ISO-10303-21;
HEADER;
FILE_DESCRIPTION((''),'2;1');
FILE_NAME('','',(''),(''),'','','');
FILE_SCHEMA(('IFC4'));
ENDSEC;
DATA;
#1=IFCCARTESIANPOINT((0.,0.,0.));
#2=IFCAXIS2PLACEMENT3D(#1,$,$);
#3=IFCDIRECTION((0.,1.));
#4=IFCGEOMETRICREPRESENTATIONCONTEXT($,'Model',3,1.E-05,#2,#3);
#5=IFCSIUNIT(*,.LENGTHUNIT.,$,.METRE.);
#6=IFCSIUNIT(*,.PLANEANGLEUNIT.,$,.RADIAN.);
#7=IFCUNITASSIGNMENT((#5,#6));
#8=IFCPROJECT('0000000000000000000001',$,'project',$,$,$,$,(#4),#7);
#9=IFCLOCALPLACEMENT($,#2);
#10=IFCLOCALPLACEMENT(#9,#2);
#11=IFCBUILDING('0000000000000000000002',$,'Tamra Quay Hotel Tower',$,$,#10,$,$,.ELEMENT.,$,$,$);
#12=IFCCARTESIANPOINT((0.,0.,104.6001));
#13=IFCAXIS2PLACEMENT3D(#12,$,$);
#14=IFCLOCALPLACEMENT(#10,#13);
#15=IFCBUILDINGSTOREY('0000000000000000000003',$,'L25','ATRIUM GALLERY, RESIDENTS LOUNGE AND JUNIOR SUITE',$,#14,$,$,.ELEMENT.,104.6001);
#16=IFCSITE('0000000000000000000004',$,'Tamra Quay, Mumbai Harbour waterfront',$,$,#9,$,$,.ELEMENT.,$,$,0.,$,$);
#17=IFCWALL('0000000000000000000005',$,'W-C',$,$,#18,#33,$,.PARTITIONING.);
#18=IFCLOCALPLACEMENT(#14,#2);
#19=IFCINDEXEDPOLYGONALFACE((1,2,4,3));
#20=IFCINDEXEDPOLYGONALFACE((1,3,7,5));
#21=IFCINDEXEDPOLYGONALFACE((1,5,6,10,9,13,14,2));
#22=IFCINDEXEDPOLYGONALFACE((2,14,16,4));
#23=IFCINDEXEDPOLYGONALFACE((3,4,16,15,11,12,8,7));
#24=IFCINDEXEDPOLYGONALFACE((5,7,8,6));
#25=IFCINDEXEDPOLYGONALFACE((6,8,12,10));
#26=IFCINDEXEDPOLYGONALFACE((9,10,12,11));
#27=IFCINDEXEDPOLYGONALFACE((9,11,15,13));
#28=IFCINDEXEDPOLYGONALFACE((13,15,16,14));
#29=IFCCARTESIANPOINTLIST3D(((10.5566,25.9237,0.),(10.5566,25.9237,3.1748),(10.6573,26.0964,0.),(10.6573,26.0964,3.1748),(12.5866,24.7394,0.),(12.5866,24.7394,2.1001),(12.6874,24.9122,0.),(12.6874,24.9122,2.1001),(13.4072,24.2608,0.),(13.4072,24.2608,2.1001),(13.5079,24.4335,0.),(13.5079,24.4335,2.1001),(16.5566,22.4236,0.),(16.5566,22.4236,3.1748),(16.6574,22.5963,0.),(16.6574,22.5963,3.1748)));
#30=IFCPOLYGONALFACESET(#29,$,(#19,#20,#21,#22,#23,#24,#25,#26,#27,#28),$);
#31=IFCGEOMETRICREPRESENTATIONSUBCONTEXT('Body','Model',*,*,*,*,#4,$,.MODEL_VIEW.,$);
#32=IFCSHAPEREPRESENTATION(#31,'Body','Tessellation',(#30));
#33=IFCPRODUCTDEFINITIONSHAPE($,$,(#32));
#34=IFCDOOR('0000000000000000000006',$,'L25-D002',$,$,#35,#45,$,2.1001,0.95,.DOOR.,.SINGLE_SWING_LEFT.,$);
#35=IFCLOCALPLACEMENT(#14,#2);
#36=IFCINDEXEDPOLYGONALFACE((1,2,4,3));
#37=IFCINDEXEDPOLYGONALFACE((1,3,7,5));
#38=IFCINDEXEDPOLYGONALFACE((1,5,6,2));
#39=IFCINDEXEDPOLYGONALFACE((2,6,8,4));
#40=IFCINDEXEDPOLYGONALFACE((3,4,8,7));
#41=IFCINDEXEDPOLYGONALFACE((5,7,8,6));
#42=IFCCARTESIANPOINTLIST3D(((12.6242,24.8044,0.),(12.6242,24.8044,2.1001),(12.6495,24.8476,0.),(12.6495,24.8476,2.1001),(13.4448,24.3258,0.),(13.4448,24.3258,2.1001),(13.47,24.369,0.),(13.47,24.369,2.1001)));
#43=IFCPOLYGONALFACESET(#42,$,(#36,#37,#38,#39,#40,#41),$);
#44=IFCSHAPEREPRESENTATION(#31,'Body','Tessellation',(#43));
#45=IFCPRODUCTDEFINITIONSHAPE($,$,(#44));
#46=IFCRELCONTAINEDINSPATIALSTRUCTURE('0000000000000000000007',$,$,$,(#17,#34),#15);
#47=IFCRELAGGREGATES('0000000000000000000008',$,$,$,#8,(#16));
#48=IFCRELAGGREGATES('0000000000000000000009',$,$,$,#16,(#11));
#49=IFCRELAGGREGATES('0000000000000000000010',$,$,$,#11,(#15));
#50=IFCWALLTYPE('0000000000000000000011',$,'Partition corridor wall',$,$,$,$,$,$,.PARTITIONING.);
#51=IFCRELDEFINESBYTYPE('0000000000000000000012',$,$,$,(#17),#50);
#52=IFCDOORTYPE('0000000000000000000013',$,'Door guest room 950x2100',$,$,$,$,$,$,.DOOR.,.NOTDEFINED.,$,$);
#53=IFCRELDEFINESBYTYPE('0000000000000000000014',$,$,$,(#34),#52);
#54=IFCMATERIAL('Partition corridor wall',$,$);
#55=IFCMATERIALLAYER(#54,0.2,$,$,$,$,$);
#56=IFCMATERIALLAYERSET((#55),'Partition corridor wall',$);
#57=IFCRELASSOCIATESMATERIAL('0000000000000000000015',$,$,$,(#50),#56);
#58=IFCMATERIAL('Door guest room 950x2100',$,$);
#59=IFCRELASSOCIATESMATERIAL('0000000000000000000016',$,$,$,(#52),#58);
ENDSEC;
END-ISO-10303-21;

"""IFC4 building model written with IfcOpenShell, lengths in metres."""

from ifc_helpers import new_model, si_unit, direction, frame, frame_2d, origin, place, context, subcontext, project, spatial, rectangle, extrude, material, layer, layer_set, type_object, element, fill, save


model = new_model("IFC4")

# Units and contexts
model_context = context("Model", 3, precision=1e-05, world=origin(), true_north=direction((0.0, 1.0)))
body_context = subcontext(model_context, "Body", "Model", "MODEL_VIEW")
ifc_project = project(units=[si_unit("LENGTHUNIT", "METRE"), si_unit("PLANEANGLEUNIT", "RADIAN")], contexts=[model_context])

# Site, building, storey
site_placement = place(None, origin())
site = spatial("IfcSite", under=ifc_project, at=site_placement, Name="Tamra Quay, Mumbai Harbour waterfront", CompositionType="ELEMENT", RefElevation=0.0)
building_placement = place(site_placement, origin())
building = spatial("IfcBuilding", under=site, at=building_placement, Name="Tamra Quay Hotel Tower", CompositionType="ELEMENT")
storey_placement = place(building_placement, frame((0.0, 0.0, 104.6001)))
storey = spatial("IfcBuildingStorey", under=building, at=storey_placement, Name="L25", Description="ATRIUM GALLERY, RESIDENTS LOUNGE AND JUNIOR SUITE", CompositionType="ELEMENT", Elevation=104.6001)

# Shared definitions
ifc_material_1 = material(Name="Partition corridor wall")
ifc_layer_1 = layer(ifc_material_1, 0.2)
ifc_layer_set_1 = layer_set([ifc_layer_1], Name="Partition corridor wall")
wall_type_1 = type_object("IfcWallType", Name="Partition corridor wall", PredefinedType="PARTITIONING", material=ifc_layer_set_1)

# Wall, opening, door
wall_1_placement = place(storey_placement, frame((10.6069, 26.01, 0.0), z_axis=(0.0, 0.0, 1.0), x_axis=(0.863779, -0.503871, 0.0)))
wall_1 = element("IfcWall", 1, at=wall_1_placement, inside=storey, type_object=wall_type_1, Name="W-C", PredefinedType="PARTITIONING", context=body_context, shape_type="SweptSolid", body=[
    extrude(rectangle(XDim=6.9463, YDim=0.2, at=frame_2d((3.4731, 0.0))), origin(), (0.0, 0.0, 1.0), 3.1748),
])
opening_1_placement = place(wall_1_placement, frame((2.3501, 0.0, 0.0)))
opening_1 = element("IfcOpeningElement", 2, at=opening_1_placement, cuts=wall_1, PredefinedType="OPENING", context=body_context, shape_type="SweptSolid", body=[
    extrude(rectangle(XDim=0.95, YDim=2.1001, at=frame_2d((0.4751, 1.05))), frame((0.0, 0.1099, 0.0), z_axis=(0.0, -1.0, 0.0), x_axis=(1.0, 0.0, 0.0)), (0.0, 0.0, 1.0), 0.22),
])
ifc_material_2 = material(Name="Door guest room 950x2100")
door_type_1 = type_object("IfcDoorType", Name="Door guest room 950x2100", OperationType="NOTDEFINED", PredefinedType="DOOR", material=ifc_material_2)
door_1_placement = place(opening_1_placement, frame((0.95, 0.0, 0.0), z_axis=(0.0, 0.0, 1.0), x_axis=(-1.0, 0.0, 0.0)))
door_1 = element("IfcDoor", 3, at=door_1_placement, inside=storey, type_object=door_type_1, Name="L25-D002", OperationType="SINGLE_SWING_LEFT", OverallHeight=2.1001, OverallWidth=0.95, PredefinedType="DOOR", context=body_context, shape_type="SweptSolid", body=[
    extrude(rectangle(XDim=0.95, YDim=2.1001, at=frame_2d((0.4751, 1.05))), frame((0.0, 0.0249, 0.0), z_axis=(0.0, -1.0, 0.0), x_axis=(1.0, 0.0, 0.0)), (0.0, 0.0, 1.0), 0.05),
])
fill(opening_1, door_1)

save(model, "model.ifc")
